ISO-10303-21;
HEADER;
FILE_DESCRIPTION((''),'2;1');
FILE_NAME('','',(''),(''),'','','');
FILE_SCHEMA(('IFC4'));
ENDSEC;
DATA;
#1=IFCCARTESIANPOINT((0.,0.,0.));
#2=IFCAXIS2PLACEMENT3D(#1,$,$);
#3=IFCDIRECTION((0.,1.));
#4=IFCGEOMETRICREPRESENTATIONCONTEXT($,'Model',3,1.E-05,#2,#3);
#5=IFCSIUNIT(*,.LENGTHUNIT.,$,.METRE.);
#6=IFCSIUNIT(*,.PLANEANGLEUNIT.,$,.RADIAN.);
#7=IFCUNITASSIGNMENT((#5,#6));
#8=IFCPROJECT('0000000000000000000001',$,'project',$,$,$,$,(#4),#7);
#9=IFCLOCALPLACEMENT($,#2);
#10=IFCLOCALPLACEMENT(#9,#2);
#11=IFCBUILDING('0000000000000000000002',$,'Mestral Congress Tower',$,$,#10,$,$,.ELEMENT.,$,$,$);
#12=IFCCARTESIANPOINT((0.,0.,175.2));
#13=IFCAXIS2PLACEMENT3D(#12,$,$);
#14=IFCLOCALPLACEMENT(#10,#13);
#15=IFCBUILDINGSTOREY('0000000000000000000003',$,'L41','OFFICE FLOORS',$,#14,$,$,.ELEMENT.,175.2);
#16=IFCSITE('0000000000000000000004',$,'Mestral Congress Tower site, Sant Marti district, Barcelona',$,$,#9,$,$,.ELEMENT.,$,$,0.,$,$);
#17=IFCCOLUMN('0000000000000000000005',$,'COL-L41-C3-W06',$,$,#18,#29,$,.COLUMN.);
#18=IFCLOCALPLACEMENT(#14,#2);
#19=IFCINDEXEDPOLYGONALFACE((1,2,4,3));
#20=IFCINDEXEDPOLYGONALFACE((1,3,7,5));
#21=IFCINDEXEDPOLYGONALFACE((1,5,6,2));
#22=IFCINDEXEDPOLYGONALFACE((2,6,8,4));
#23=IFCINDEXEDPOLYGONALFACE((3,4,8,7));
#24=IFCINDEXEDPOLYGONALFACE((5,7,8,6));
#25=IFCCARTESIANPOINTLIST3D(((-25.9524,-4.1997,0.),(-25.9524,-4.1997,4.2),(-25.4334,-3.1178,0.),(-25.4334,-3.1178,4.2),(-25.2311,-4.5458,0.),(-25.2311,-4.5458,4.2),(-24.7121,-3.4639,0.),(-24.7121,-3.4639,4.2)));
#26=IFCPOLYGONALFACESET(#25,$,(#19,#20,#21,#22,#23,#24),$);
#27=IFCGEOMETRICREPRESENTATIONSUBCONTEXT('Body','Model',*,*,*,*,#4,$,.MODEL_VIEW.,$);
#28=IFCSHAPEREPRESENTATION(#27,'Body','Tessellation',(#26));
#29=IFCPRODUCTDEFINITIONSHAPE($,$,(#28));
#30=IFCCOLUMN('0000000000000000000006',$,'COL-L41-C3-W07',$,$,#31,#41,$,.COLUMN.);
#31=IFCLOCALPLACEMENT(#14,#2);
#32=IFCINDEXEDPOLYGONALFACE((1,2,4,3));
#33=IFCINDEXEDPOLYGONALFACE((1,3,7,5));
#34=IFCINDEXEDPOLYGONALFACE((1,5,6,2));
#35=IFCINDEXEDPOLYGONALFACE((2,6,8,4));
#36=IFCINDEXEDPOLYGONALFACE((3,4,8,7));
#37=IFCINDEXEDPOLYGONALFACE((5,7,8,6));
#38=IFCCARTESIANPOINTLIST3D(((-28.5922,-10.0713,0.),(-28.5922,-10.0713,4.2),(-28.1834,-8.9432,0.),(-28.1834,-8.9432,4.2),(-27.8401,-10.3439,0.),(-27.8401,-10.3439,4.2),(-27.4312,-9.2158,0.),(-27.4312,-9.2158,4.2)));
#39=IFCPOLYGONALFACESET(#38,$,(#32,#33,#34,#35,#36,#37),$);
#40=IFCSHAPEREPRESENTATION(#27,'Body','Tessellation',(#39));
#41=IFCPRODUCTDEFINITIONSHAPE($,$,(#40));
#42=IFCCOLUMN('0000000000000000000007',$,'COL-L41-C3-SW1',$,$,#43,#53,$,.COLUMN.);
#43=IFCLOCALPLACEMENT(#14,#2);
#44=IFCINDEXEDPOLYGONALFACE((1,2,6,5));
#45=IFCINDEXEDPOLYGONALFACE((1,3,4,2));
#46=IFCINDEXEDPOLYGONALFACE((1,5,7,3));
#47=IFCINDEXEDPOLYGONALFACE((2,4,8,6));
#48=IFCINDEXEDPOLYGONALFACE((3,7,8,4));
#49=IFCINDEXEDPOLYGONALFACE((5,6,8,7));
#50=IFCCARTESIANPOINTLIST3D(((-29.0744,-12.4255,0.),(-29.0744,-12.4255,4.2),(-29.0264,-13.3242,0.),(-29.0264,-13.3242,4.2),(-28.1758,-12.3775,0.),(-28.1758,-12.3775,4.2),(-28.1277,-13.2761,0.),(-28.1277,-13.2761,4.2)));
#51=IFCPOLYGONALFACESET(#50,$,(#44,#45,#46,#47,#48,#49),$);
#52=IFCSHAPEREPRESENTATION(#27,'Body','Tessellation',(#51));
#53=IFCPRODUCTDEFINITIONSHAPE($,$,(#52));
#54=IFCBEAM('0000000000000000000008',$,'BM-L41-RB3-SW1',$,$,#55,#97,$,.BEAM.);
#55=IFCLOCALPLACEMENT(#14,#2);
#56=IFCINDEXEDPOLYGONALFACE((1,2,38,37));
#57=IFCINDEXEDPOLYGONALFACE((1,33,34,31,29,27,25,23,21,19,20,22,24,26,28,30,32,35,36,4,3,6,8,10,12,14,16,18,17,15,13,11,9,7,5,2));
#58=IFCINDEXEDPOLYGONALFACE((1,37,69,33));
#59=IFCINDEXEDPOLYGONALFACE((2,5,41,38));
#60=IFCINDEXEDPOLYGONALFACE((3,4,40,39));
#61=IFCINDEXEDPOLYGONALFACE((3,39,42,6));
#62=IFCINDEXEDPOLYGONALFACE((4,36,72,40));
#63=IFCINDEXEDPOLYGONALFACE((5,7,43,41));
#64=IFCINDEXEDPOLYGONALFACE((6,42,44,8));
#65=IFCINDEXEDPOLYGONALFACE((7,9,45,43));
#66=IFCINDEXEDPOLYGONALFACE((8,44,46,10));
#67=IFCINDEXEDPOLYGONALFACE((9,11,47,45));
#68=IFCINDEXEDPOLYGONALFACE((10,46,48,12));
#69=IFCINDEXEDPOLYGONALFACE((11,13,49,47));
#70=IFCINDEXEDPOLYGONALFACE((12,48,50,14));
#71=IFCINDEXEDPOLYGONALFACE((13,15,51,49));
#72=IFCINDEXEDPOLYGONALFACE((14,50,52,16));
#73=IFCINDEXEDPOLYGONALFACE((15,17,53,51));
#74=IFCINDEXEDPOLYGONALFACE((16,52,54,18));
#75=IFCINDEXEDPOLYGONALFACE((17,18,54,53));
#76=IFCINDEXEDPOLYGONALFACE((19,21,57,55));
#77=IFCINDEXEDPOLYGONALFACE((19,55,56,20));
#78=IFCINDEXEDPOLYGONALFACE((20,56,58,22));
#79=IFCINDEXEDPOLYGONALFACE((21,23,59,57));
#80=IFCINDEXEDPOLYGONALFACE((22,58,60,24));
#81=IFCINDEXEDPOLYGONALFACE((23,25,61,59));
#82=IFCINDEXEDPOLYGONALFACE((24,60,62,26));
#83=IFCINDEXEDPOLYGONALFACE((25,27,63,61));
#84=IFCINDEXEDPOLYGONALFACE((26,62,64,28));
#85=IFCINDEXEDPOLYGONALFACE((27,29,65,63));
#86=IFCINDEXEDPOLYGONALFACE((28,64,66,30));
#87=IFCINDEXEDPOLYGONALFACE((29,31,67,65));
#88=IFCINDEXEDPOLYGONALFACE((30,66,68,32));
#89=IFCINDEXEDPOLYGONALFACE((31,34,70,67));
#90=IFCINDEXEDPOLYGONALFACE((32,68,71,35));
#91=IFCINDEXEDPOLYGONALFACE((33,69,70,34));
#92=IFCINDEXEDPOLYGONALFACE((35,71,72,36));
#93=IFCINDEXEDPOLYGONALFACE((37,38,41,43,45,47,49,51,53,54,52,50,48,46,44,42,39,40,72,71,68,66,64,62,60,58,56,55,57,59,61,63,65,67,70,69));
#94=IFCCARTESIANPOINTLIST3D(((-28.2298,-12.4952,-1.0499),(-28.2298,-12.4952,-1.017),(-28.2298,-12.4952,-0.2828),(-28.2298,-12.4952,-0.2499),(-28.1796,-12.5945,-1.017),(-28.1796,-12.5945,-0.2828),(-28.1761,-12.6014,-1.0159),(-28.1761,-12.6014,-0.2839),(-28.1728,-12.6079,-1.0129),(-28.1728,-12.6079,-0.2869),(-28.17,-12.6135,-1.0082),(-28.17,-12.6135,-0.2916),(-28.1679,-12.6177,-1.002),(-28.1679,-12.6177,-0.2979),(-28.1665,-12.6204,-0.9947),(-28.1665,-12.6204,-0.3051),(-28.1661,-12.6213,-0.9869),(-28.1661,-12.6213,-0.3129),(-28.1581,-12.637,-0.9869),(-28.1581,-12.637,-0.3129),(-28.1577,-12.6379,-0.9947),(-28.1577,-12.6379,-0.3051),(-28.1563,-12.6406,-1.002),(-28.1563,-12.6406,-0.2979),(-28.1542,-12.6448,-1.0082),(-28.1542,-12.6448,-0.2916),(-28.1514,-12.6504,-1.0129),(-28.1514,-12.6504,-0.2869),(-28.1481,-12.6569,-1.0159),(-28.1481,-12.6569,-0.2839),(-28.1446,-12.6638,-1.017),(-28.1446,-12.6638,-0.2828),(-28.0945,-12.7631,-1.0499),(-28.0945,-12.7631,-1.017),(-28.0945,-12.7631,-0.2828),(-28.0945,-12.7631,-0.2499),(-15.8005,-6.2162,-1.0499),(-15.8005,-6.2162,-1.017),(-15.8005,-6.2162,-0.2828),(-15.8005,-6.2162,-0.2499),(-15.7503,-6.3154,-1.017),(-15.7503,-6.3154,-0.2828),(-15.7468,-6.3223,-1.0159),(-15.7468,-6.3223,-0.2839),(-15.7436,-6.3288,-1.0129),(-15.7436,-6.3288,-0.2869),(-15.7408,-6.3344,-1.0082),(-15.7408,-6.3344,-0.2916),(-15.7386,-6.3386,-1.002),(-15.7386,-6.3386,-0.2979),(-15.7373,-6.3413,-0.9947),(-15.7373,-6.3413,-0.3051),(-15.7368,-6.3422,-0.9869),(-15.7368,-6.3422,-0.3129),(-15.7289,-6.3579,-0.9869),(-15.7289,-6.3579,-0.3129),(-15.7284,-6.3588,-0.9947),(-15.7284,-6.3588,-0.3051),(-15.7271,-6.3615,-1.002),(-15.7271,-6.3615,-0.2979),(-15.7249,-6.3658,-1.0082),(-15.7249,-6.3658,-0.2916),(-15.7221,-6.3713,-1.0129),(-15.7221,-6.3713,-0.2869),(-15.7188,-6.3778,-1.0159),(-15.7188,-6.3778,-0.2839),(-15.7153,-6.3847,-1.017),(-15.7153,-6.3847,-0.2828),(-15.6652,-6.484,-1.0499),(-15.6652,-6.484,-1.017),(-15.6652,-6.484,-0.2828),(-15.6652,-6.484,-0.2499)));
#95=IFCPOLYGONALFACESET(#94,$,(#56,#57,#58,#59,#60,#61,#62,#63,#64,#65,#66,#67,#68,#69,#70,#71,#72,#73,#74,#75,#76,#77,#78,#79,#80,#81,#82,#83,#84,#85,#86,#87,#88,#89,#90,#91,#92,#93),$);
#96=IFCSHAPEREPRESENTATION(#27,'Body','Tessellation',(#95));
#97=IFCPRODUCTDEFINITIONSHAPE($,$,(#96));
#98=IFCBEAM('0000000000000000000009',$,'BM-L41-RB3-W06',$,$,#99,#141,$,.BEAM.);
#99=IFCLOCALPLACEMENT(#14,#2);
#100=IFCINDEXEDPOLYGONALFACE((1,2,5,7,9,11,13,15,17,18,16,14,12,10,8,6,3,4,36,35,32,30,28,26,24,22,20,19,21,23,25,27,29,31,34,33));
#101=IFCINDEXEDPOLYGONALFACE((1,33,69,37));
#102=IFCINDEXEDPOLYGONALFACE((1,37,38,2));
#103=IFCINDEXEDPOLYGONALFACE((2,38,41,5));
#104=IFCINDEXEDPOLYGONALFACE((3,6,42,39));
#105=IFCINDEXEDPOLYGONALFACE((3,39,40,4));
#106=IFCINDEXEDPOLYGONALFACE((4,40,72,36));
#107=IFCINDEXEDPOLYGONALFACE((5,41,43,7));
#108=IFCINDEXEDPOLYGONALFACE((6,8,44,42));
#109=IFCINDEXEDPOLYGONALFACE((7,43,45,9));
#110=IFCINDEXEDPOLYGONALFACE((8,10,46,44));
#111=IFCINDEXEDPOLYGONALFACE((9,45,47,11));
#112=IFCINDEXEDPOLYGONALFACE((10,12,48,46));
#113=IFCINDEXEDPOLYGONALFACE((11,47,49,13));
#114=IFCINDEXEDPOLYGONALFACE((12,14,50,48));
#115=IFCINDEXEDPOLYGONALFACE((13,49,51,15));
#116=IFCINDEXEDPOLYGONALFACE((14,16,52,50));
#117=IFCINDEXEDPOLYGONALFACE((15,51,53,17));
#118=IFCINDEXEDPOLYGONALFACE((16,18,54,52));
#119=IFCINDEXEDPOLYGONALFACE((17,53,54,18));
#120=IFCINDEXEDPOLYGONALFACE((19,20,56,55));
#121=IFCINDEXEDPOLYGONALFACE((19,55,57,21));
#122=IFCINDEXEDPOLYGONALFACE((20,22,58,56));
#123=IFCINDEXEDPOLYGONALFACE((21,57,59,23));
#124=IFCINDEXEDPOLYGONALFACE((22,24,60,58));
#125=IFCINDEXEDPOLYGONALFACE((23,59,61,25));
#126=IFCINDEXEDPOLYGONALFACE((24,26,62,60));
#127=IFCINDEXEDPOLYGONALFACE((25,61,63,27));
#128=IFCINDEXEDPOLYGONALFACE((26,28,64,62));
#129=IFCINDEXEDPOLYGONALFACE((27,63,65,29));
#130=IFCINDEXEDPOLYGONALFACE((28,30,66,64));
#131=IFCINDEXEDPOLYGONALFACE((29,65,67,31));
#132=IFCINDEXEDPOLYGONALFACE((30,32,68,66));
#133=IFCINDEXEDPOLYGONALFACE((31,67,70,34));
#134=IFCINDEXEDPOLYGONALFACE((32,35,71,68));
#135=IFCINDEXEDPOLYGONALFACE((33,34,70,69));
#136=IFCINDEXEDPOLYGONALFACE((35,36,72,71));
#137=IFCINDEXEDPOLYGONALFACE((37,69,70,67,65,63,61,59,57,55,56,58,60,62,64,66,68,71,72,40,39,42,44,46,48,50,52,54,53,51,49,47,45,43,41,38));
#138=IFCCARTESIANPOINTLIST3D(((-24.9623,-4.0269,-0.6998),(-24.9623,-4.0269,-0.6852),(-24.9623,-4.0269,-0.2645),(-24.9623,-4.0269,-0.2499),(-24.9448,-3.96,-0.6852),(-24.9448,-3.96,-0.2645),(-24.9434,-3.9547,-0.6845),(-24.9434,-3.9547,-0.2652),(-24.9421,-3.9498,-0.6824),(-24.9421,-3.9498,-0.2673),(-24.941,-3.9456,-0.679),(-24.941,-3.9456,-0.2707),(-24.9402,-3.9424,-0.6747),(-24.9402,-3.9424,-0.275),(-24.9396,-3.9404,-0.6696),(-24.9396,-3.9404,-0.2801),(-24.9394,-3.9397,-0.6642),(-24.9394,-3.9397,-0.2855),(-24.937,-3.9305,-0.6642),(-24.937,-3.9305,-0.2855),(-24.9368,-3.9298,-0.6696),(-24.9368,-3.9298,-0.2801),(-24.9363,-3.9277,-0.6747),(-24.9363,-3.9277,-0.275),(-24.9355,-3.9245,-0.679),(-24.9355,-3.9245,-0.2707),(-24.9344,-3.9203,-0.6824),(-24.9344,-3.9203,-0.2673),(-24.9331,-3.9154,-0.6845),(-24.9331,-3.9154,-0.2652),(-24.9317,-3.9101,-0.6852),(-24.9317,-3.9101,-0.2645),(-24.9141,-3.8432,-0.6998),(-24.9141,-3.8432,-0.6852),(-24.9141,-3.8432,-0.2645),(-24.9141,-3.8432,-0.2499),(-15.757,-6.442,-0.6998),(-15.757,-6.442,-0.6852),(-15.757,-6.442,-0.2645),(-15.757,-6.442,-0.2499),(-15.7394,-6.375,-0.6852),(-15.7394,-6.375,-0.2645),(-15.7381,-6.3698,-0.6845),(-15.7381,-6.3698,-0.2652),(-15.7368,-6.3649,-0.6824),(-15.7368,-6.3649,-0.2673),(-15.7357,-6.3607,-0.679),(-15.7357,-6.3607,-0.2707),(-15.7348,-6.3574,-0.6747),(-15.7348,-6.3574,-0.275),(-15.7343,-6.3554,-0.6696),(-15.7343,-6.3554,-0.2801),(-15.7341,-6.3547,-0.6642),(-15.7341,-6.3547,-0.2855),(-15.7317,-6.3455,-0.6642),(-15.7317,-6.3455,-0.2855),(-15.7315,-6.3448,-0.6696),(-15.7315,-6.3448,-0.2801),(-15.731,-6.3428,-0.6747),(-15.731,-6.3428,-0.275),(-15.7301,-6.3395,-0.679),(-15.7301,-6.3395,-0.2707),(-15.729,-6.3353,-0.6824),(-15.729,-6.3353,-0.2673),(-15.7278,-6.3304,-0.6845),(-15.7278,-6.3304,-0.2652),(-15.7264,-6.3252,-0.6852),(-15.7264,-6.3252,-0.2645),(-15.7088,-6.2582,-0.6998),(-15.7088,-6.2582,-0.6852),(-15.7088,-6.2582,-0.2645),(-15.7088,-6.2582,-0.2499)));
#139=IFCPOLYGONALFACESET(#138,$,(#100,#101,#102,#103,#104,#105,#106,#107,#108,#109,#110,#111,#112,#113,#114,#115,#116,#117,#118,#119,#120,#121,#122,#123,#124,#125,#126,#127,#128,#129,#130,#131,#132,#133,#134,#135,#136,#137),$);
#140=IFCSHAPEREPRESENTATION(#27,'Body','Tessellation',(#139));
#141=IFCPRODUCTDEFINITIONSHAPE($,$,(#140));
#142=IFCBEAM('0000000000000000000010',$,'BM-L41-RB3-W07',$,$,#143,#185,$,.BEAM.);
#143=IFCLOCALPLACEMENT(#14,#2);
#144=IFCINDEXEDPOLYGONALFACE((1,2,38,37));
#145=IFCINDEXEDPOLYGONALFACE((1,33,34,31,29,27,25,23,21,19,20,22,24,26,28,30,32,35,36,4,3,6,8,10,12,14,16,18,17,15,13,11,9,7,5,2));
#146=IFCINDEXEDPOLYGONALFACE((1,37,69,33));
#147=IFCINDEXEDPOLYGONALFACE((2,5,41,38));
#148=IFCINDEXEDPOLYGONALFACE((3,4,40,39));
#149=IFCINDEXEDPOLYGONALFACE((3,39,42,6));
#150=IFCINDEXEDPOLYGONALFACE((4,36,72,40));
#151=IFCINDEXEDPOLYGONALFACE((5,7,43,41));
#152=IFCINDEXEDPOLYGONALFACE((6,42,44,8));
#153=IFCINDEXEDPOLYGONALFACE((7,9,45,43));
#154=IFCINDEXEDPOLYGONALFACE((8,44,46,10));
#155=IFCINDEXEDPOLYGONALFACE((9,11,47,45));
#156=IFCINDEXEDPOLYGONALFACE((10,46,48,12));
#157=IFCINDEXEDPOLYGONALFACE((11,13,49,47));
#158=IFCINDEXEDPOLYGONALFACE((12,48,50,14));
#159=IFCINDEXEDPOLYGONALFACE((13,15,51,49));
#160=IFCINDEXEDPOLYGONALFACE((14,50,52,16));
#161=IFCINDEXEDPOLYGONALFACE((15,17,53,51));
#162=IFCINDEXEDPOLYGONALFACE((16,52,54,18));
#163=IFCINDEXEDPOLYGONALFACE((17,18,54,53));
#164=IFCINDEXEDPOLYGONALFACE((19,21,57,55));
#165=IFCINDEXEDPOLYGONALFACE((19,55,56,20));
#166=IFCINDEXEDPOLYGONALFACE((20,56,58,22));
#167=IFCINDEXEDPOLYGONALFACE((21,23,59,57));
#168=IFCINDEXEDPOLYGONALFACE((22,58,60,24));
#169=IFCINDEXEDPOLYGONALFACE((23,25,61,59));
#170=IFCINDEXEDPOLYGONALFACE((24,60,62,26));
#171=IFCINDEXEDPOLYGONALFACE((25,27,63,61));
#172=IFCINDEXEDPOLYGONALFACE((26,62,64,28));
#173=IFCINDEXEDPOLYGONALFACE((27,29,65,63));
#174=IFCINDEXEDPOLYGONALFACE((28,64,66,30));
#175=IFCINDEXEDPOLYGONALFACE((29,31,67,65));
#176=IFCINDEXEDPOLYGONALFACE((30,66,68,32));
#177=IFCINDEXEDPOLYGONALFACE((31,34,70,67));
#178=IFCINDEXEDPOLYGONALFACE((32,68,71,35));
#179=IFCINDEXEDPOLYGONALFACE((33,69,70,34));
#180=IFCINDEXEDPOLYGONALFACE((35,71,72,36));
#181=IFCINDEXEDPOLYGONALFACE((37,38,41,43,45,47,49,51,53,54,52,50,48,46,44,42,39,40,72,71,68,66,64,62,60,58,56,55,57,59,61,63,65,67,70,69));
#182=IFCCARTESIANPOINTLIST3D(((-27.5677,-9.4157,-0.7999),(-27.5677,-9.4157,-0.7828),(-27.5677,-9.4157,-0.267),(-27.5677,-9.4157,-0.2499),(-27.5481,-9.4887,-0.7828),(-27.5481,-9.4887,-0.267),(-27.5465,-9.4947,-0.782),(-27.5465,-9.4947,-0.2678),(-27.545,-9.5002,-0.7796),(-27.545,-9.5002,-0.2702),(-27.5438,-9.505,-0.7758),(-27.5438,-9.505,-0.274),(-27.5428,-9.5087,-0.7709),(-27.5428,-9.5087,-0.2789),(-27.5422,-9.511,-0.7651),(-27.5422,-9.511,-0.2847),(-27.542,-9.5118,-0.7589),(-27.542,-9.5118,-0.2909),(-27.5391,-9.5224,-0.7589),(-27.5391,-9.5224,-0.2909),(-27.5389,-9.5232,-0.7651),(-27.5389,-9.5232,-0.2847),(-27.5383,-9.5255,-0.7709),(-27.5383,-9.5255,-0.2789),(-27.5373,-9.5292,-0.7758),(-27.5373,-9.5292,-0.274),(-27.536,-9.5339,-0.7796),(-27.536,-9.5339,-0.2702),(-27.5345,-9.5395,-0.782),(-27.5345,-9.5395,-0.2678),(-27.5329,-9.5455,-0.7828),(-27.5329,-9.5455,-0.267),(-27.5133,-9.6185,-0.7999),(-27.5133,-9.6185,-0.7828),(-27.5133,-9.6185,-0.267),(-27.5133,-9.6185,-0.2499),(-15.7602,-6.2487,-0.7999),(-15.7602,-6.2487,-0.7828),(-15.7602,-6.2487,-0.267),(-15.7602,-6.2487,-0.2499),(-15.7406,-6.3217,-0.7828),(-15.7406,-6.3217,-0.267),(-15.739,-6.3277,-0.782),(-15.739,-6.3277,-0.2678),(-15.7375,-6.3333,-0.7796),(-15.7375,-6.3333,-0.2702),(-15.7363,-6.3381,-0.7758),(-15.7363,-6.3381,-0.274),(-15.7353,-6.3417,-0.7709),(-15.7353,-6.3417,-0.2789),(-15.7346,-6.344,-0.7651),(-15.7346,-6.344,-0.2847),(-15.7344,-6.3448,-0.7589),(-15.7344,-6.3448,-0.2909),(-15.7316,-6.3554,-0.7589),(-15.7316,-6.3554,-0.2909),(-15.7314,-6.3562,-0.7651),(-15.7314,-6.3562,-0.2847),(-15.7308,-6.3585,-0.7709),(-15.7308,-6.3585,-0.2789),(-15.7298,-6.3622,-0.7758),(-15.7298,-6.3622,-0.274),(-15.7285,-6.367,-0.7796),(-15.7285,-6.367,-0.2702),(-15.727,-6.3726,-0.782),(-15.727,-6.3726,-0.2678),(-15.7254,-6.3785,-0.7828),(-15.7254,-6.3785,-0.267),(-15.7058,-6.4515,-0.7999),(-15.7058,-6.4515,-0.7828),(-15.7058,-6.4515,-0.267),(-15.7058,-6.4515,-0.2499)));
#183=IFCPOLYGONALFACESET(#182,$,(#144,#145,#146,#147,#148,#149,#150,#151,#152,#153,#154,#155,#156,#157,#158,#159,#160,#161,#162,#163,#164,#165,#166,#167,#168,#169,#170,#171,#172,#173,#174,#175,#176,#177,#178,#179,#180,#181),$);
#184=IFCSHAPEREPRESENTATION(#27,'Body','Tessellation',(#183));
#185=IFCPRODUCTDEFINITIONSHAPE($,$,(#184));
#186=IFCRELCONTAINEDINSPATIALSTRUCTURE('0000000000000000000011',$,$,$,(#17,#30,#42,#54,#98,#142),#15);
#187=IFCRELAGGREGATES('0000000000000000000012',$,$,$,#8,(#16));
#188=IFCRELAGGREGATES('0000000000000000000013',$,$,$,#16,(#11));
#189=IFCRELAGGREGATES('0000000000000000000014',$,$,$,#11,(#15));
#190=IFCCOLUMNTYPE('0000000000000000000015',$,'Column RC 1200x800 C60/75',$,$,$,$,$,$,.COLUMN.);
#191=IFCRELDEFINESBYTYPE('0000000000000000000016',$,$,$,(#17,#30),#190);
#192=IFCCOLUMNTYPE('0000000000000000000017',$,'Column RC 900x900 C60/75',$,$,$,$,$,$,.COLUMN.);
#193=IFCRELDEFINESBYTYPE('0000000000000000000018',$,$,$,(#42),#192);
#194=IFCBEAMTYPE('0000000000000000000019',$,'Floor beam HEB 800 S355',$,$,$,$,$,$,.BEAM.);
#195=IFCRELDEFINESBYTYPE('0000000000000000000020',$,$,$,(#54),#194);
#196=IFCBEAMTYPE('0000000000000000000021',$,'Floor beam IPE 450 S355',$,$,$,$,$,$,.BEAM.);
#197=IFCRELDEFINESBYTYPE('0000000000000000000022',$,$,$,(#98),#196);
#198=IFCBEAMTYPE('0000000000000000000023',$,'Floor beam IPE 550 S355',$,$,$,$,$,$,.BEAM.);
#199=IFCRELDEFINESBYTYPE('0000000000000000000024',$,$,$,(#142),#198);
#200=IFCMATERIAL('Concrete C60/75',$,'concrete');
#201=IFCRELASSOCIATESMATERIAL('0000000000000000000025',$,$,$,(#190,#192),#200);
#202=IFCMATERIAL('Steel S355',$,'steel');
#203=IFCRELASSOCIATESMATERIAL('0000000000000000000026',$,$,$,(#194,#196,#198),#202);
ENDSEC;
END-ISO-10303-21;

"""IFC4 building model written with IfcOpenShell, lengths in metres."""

from ifc_helpers import new_model, si_unit, direction, frame, origin, origin_2d, place, context, subcontext, project, spatial, rectangle, i_section, extrude, material, material_profile, profile_set, type_object, element, save


model = new_model("IFC4")

# Units and contexts
model_context = context("Model", 3, precision=1e-05, world=origin(), true_north=direction((0.0, 1.0)))
body_context = subcontext(model_context, "Body", "Model", "MODEL_VIEW")
ifc_project = project(units=[si_unit("LENGTHUNIT", "METRE"), si_unit("PLANEANGLEUNIT", "RADIAN")], contexts=[model_context])

# Site, building, storey
site_placement = place(None, origin())
site = spatial("IfcSite", under=ifc_project, at=site_placement, Name="Mestral Congress Tower site, Sant Marti district, Barcelona", CompositionType="ELEMENT", RefElevation=0.0)
building_placement = place(site_placement, origin())
building = spatial("IfcBuilding", under=site, at=building_placement, Name="Mestral Congress Tower", CompositionType="ELEMENT")
storey_placement = place(building_placement, frame((0.0, 0.0, 175.2)))
storey = spatial("IfcBuildingStorey", under=building, at=storey_placement, Name="L41", Description="OFFICE FLOORS", CompositionType="ELEMENT", Elevation=175.2)

# Columns
ifc_material_1 = material(Name="Concrete C60/75", Category="concrete")
ifc_material_profile_1 = material_profile(ifc_material_1, rectangle(XDim=1.2, YDim=0.8, at=origin_2d()), Name="RC 1200x800")
ifc_profile_set_1 = profile_set([ifc_material_profile_1], Name="Concrete C60/75")
column_type_1 = type_object("IfcColumnType", Name="Column RC 1200x800 C60/75", PredefinedType="COLUMN", material=ifc_profile_set_1)
for number, where, z_axis, x_axis, name in (
    (1, (-25.3323, -3.8318, 0.0), (0.0, 0.0, 1.0), (-0.432522, -0.901624, 0.0), "COL-L41-C3-W06"),
    (2, (-28.0117, -9.6436, 0.0), (0.0, 0.0, 1.0), (-0.340744, -0.940156, 0.0), "COL-L41-C3-W07"),
):
    element("IfcColumn", number, at=place(storey_placement, frame(where, z_axis=z_axis, x_axis=x_axis)), inside=storey, type_object=column_type_1, Name=name, PredefinedType="COLUMN", context=body_context, shape_type="SweptSolid", body=[
        extrude(rectangle(XDim=1.2, YDim=0.8, at=origin_2d()), origin(), (0.0, 0.0, 1.0), 4.2),
    ])
ifc_material_profile_2 = material_profile(ifc_material_1, rectangle(XDim=0.8999, YDim=0.8999, at=origin_2d()), Name="RC 900x900")
ifc_profile_set_2 = profile_set([ifc_material_profile_2], Name="Concrete C60/75")
column_type_2 = type_object("IfcColumnType", Name="Column RC 900x900 C60/75", PredefinedType="COLUMN", material=ifc_profile_set_2)
column_placement = place(storey_placement, frame((-28.6011, -12.8508, 0.0), z_axis=(0.0, 0.0, 1.0), x_axis=(0.053392, -0.998574, 0.0)))
element("IfcColumn", 3, at=column_placement, inside=storey, type_object=column_type_2, Name="COL-L41-C3-SW1", PredefinedType="COLUMN", context=body_context, shape_type="SweptSolid", body=[
    extrude(rectangle(XDim=0.8999, YDim=0.8999, at=origin_2d()), origin(), (0.0, 0.0, 1.0), 4.2),
])

# Beams
ifc_material_2 = material(Name="Steel S355", Category="steel")
ifc_material_profile_3 = material_profile(ifc_material_2, i_section(OverallWidth=0.3, OverallDepth=0.8, WebThickness=0.0176, FlangeThickness=0.033, FilletRadius=0.03, at=origin_2d()), Name="HEB 800")
ifc_profile_set_3 = profile_set([ifc_material_profile_3], Name="Steel S355")
beam_type_1 = type_object("IfcBeamType", Name="Floor beam HEB 800 S355", PredefinedType="BEAM", material=ifc_profile_set_3)
beam_1_placement = place(storey_placement, frame((-28.1621, -12.6292, -0.6499), z_axis=(0.892568, 0.450913, 0.0), x_axis=(-0.450913, 0.892568, 0.0)))
element("IfcBeam", 4, at=beam_1_placement, inside=storey, type_object=beam_type_1, Name="BM-L41-RB3-SW1", PredefinedType="BEAM", context=body_context, shape_type="SweptSolid", body=[
    extrude(i_section(OverallWidth=0.3, OverallDepth=0.8, WebThickness=0.0176, FlangeThickness=0.033, FilletRadius=0.03, at=origin_2d()), origin(), (0.0, 0.0, 1.0), 13.9253),
])
ifc_material_profile_4 = material_profile(ifc_material_2, i_section(OverallWidth=0.1899, OverallDepth=0.45, WebThickness=0.0095, FlangeThickness=0.0146, FilletRadius=0.021, at=origin_2d()), Name="IPE 450")
ifc_profile_set_4 = profile_set([ifc_material_profile_4], Name="Steel S355")
beam_type_2 = type_object("IfcBeamType", Name="Floor beam IPE 450 S355", PredefinedType="BEAM", material=ifc_profile_set_4)
beam_2_placement = place(storey_placement, frame((-24.9382, -3.9351, -0.4749), z_axis=(0.967266, -0.253765, 0.0), x_axis=(0.253765, 0.967266, 0.0)))
element("IfcBeam", 5, at=beam_2_placement, inside=storey, type_object=beam_type_2, Name="BM-L41-RB3-W06", PredefinedType="BEAM", context=body_context, shape_type="SweptSolid", body=[
    extrude(i_section(OverallWidth=0.1899, OverallDepth=0.45, WebThickness=0.0095, FlangeThickness=0.0146, FilletRadius=0.021, at=origin_2d()), origin(), (0.0, 0.0, 1.0), 9.5168),
])
ifc_material_profile_5 = material_profile(ifc_material_2, i_section(OverallWidth=0.21, OverallDepth=0.55, WebThickness=0.011, FlangeThickness=0.0171, FilletRadius=0.0239, at=origin_2d()), Name="IPE 550")
ifc_profile_set_5 = profile_set([ifc_material_profile_5], Name="Steel S355")
beam_type_3 = type_object("IfcBeamType", Name="Floor beam IPE 550 S355", PredefinedType="BEAM", material=ifc_profile_set_5)
beam_3_placement = place(storey_placement, frame((-27.5405, -9.5171, -0.5249), z_axis=(0.965861, 0.259059, 0.0), x_axis=(-0.259059, 0.965861, 0.0)))
element("IfcBeam", 6, at=beam_3_placement, inside=storey, type_object=beam_type_3, Name="BM-L41-RB3-W07", PredefinedType="BEAM", context=body_context, shape_type="SweptSolid", body=[
    extrude(i_section(OverallWidth=0.21, OverallDepth=0.55, WebThickness=0.011, FlangeThickness=0.0171, FilletRadius=0.0239, at=origin_2d()), origin(), (0.0, 0.0, 1.0), 12.2249),
])

save(model, "model.ifc")
